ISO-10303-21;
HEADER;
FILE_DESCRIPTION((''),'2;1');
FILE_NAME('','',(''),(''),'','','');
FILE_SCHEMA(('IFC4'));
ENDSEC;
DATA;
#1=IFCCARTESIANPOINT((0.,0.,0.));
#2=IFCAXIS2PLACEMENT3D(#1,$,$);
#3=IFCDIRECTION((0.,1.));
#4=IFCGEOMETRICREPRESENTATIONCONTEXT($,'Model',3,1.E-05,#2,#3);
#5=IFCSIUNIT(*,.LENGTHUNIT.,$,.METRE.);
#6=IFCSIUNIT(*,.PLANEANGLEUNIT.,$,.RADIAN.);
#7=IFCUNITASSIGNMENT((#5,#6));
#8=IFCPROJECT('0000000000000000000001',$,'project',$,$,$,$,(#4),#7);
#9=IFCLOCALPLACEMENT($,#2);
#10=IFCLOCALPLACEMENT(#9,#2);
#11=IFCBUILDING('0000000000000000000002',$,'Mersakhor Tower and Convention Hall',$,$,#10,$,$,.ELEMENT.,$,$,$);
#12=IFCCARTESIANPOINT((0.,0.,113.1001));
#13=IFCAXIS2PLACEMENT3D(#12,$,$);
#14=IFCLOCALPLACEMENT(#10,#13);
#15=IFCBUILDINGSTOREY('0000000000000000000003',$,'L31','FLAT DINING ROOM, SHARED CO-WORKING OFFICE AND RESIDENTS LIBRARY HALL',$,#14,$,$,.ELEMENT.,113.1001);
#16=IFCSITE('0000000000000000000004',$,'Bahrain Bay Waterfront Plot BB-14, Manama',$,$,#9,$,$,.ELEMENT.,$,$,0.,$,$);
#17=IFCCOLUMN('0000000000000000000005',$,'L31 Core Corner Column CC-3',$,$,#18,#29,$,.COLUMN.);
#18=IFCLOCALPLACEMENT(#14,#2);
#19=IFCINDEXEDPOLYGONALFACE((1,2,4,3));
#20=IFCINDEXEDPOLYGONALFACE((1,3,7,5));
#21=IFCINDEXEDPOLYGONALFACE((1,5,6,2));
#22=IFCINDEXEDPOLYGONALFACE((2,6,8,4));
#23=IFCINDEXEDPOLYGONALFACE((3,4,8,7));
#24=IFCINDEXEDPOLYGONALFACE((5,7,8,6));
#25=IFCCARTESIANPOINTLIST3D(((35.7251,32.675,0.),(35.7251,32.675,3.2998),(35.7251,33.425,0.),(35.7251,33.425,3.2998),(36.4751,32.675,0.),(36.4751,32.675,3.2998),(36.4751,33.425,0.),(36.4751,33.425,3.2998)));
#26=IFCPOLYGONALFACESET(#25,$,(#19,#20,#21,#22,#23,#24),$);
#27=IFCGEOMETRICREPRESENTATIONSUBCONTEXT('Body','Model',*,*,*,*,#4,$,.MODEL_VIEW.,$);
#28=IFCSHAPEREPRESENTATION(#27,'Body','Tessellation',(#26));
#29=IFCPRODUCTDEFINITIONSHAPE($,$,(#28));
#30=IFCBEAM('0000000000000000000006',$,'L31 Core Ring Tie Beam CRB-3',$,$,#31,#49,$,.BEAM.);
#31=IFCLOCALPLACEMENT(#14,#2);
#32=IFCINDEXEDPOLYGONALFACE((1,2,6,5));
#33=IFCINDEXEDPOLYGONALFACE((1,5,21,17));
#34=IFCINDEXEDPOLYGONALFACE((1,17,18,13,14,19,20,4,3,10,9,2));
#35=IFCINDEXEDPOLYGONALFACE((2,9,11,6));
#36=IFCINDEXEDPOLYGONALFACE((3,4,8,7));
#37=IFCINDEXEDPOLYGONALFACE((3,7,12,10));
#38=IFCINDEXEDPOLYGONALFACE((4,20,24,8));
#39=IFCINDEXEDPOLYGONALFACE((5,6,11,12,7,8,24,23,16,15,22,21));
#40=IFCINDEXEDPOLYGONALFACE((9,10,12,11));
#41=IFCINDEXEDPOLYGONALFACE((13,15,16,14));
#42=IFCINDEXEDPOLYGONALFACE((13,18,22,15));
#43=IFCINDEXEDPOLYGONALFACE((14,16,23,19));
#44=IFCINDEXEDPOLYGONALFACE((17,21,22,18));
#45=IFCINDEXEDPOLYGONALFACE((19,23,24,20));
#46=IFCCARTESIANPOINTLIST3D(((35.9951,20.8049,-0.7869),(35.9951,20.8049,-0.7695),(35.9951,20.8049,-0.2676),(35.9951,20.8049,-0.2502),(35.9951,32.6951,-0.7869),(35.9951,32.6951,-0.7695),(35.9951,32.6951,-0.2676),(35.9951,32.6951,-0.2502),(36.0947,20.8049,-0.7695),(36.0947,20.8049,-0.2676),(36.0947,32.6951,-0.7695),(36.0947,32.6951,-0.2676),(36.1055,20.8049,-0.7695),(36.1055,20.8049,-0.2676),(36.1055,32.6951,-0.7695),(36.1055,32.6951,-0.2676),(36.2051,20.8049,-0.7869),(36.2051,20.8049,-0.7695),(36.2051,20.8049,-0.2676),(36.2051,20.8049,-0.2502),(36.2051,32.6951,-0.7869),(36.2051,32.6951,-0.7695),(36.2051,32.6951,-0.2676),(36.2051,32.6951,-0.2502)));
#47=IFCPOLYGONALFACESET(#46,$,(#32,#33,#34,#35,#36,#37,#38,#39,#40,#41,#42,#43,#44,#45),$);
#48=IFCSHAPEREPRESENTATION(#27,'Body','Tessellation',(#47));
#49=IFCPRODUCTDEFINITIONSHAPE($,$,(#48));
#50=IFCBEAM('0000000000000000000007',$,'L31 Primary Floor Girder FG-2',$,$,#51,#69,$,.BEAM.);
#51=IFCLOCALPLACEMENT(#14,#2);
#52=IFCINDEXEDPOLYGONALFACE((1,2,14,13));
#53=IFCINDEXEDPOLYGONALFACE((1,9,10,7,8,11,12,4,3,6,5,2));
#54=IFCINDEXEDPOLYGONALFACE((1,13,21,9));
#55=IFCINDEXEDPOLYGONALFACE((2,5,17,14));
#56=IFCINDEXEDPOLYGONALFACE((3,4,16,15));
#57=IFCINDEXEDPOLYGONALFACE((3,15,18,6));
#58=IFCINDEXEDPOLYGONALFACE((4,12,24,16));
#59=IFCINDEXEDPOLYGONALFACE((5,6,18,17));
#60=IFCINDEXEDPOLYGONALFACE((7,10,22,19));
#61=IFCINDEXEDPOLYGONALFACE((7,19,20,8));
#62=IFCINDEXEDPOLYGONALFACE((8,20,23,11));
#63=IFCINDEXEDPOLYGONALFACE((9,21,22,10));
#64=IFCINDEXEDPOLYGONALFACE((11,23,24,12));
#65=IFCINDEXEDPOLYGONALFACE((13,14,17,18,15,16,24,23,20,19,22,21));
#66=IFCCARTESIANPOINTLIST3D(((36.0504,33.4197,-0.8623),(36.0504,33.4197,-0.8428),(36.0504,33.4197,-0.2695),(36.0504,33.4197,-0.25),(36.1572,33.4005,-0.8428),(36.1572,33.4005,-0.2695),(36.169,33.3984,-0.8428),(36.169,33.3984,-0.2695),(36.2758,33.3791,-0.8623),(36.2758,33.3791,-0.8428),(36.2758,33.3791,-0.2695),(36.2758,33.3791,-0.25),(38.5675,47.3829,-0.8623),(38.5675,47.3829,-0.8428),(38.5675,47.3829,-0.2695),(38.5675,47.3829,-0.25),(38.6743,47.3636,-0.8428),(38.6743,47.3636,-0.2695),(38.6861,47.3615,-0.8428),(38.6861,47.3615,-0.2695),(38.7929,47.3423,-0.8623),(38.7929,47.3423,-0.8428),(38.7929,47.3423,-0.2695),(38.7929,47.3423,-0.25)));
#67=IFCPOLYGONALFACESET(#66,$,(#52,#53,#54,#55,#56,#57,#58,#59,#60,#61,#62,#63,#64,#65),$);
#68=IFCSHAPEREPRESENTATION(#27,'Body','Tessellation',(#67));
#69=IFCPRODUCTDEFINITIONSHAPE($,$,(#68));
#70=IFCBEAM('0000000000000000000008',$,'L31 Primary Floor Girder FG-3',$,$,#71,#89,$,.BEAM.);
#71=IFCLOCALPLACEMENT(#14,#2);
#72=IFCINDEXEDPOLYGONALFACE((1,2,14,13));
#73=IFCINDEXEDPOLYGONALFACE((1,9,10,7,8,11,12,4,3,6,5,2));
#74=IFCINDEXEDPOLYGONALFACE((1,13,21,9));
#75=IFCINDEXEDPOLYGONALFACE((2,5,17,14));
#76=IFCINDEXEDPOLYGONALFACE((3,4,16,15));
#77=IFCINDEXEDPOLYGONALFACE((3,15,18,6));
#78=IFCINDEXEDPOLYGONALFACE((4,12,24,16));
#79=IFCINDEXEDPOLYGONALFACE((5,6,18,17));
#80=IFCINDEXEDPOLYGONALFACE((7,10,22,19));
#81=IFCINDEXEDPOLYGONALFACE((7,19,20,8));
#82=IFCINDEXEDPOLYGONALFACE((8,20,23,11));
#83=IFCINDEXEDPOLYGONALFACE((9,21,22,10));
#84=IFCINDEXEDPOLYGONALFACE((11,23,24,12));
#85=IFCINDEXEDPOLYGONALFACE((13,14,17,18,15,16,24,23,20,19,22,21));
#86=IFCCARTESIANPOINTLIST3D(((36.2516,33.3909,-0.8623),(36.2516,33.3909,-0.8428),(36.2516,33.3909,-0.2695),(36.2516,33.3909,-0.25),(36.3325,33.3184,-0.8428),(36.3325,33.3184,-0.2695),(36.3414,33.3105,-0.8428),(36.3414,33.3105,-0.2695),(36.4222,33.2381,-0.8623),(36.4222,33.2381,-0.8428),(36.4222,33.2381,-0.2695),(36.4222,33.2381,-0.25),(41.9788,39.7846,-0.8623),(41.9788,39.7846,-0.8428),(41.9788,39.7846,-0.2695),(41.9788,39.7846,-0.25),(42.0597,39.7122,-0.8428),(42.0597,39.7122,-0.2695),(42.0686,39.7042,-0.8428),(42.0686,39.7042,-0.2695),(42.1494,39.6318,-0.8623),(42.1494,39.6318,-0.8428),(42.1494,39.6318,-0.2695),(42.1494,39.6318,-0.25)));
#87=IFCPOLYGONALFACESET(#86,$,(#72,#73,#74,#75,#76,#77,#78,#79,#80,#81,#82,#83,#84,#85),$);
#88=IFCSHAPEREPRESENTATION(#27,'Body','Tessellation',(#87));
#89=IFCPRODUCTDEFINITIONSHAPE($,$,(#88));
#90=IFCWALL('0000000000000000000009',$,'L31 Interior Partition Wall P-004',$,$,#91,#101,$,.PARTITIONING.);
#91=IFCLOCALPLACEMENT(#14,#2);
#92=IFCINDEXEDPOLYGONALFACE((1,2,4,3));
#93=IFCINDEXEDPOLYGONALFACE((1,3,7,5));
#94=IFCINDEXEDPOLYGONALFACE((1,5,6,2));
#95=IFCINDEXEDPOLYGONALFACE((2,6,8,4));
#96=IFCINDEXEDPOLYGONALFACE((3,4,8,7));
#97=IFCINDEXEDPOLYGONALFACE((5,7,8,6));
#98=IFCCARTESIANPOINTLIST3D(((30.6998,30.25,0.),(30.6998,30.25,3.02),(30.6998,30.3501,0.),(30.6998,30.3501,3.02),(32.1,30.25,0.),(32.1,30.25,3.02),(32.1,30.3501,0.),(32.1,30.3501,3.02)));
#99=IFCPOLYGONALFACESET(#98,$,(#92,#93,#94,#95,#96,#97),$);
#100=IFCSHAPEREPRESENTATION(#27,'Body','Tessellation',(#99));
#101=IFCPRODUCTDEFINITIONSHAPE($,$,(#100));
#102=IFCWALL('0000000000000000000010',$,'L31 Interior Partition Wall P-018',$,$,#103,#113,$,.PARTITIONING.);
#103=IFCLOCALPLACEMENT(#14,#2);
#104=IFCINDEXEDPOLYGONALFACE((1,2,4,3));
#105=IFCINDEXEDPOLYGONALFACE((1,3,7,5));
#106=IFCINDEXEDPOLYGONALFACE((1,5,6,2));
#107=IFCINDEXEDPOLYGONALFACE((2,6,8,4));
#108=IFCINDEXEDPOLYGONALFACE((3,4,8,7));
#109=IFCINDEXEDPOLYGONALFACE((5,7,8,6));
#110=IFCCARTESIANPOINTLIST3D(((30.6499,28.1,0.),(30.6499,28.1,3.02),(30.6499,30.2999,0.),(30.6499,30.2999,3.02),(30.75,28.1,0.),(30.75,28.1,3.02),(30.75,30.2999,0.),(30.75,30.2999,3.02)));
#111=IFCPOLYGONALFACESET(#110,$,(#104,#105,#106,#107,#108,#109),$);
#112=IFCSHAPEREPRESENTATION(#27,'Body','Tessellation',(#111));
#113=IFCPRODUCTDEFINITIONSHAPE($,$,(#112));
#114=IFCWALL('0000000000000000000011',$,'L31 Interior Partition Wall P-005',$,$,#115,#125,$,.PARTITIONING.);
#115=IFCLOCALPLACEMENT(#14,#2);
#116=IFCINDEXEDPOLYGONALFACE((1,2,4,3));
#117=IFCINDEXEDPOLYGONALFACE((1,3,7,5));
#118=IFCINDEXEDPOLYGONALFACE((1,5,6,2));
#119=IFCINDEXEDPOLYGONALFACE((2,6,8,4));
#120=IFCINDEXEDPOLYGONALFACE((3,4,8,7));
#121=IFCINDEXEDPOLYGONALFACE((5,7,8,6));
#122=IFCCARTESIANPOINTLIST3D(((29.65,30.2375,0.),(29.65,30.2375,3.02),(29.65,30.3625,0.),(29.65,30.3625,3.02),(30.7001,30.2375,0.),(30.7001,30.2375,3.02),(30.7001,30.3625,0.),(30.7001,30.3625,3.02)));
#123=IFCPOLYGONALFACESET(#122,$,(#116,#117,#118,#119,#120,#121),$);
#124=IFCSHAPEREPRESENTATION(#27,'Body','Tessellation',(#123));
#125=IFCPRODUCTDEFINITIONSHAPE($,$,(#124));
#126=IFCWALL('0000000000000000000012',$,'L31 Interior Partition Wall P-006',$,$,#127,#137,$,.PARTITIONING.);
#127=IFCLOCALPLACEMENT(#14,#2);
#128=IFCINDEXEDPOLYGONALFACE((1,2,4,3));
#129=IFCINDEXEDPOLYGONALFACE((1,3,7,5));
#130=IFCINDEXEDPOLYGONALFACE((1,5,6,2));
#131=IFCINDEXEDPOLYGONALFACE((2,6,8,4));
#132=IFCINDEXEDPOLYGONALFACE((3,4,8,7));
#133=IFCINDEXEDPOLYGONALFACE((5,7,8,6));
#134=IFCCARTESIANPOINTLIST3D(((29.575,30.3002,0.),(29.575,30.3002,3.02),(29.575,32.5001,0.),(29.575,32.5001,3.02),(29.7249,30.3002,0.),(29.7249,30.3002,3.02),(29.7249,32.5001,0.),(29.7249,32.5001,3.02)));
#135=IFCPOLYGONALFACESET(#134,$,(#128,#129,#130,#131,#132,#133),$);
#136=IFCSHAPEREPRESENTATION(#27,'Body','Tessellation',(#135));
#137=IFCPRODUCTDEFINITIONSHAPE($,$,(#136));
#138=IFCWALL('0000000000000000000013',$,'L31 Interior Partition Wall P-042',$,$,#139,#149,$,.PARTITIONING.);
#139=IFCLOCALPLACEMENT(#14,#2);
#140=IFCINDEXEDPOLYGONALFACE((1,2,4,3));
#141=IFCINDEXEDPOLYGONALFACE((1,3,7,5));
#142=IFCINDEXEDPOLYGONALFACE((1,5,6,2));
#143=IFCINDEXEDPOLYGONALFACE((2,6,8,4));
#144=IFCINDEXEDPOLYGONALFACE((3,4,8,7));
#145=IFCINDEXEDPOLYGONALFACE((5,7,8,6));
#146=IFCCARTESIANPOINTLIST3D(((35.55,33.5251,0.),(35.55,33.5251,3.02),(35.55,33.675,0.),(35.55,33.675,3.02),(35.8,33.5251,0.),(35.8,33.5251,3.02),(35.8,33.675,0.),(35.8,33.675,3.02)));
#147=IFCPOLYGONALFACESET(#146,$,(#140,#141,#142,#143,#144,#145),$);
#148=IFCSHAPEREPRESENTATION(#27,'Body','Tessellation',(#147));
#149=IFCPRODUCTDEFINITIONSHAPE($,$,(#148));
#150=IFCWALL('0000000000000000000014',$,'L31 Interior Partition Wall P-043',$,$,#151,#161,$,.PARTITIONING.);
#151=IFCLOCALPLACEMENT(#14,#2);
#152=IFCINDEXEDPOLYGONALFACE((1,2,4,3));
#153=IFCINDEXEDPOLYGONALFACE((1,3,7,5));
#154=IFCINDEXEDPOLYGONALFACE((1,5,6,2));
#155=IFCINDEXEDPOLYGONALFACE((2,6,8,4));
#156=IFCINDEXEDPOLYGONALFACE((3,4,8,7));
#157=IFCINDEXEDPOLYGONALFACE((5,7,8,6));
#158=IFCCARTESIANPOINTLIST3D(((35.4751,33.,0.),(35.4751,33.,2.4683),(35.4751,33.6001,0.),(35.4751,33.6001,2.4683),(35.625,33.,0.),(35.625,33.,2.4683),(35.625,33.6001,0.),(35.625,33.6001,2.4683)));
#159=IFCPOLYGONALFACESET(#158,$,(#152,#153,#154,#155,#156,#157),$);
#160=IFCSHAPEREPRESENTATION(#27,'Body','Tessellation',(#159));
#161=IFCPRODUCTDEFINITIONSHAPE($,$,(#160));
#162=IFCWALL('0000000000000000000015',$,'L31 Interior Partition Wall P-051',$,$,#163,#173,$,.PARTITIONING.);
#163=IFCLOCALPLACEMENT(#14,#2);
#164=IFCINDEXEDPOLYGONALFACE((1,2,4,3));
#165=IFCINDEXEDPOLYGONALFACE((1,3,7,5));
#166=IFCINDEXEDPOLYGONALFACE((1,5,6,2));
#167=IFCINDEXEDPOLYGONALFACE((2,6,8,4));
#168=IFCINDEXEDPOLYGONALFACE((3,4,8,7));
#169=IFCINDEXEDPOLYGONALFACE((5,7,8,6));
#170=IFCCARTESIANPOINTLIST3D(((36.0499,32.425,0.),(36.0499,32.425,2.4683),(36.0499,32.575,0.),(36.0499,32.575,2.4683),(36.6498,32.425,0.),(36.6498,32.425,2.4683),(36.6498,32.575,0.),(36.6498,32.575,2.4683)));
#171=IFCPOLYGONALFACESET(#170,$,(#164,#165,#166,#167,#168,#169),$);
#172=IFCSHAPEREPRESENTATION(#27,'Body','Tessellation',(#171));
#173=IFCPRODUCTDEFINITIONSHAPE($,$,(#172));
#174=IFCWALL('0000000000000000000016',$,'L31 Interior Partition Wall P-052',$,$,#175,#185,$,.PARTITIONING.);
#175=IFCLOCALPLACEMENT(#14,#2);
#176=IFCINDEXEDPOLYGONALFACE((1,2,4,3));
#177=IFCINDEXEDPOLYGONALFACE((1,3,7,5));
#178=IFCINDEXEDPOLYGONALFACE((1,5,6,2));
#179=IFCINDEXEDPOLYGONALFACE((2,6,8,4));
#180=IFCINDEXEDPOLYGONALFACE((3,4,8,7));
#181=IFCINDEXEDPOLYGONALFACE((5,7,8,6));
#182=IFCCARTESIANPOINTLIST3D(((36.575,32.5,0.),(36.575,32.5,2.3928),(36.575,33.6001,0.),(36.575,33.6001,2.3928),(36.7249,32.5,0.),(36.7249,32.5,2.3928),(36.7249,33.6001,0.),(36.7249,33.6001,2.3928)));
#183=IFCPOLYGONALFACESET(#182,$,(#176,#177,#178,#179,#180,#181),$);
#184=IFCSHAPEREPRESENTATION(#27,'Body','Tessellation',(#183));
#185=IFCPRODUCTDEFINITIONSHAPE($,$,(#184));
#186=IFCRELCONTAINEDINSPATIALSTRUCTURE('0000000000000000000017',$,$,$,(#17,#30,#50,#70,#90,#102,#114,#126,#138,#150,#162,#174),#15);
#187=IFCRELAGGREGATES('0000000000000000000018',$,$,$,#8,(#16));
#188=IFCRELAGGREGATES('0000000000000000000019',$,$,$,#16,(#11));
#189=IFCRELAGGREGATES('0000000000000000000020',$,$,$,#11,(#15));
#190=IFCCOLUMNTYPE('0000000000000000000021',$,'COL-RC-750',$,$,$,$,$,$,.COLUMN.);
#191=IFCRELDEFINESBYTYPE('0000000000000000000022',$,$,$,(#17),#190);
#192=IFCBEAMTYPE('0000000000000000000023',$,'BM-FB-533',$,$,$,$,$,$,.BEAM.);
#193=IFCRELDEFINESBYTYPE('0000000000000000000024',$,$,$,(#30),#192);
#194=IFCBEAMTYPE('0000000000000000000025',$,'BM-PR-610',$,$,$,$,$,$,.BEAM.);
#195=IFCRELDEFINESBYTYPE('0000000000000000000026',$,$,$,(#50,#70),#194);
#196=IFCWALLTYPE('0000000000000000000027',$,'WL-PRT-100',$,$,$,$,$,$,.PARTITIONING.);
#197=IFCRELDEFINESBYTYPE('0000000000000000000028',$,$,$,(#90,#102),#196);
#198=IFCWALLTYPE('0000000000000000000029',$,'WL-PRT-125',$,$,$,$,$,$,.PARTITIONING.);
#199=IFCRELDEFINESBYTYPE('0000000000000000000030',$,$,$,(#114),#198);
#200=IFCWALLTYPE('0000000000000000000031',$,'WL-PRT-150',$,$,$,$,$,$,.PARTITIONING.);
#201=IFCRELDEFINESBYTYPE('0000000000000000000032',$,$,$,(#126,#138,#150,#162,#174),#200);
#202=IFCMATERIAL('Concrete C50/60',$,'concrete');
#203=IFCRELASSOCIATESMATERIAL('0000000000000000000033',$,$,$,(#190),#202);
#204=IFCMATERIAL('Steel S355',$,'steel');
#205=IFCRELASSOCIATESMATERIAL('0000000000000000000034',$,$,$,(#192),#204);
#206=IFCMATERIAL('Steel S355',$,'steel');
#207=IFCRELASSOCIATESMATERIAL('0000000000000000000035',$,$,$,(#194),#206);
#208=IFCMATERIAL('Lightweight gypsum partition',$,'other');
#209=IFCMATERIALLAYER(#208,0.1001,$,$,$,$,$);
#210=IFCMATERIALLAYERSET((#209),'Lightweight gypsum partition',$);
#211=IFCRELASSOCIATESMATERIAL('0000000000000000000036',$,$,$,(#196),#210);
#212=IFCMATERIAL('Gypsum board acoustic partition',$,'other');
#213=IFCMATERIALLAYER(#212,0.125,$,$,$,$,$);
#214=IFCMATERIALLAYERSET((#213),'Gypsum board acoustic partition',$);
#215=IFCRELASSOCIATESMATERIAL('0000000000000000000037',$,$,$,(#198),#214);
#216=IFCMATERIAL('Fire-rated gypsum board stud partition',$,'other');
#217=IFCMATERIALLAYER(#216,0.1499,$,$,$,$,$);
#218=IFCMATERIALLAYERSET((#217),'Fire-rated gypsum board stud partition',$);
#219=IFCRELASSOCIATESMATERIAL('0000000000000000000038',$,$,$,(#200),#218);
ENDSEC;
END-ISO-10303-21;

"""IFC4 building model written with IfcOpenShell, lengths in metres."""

from ifc_helpers import new_model, si_unit, direction, frame, frame_2d, origin, origin_2d, place, context, subcontext, project, spatial, rectangle, i_section, extrude, material, layer, layer_set, material_profile, profile_set, type_object, element, save


model = new_model("IFC4")

# Units and contexts
model_context = context("Model", 3, precision=1e-05, world=origin(), true_north=direction((0.0, 1.0)))
body_context = subcontext(model_context, "Body", "Model", "MODEL_VIEW")
ifc_project = project(units=[si_unit("LENGTHUNIT", "METRE"), si_unit("PLANEANGLEUNIT", "RADIAN")], contexts=[model_context])

# Site, building, storey
site_placement = place(None, origin())
site = spatial("IfcSite", under=ifc_project, at=site_placement, Name="Bahrain Bay Waterfront Plot BB-14, Manama", CompositionType="ELEMENT", RefElevation=0.0)
building_placement = place(site_placement, origin())
building = spatial("IfcBuilding", under=site, at=building_placement, Name="Mersakhor Tower and Convention Hall", CompositionType="ELEMENT")
storey_placement = place(building_placement, frame((0.0, 0.0, 113.1001)))
storey = spatial("IfcBuildingStorey", under=building, at=storey_placement, Name="L31", Description="FLAT DINING ROOM, SHARED CO-WORKING OFFICE AND RESIDENTS LIBRARY HALL", CompositionType="ELEMENT", Elevation=113.1001)

# Column
ifc_material_1 = material(Name="Concrete C50/60", Category="concrete")
ifc_material_profile_1 = material_profile(ifc_material_1, rectangle(XDim=0.75, YDim=0.75, at=origin_2d()), Name="RC 750x750")
ifc_profile_set_1 = profile_set([ifc_material_profile_1], Name="Concrete C50/60")
column_type = type_object("IfcColumnType", Name="COL-RC-750", PredefinedType="COLUMN", material=ifc_profile_set_1)
column_placement = place(storey_placement, frame((36.1001, 33.05, 0.0), z_axis=(0.0, 0.0, 1.0), x_axis=(1.0, 0.0, 0.0)))
element("IfcColumn", 1, at=column_placement, inside=storey, type_object=column_type, Name="L31 Core Corner Column CC-3", PredefinedType="COLUMN", context=body_context, shape_type="SweptSolid", body=[
    extrude(rectangle(XDim=0.75, YDim=0.75, at=origin_2d()), origin(), (0.0, 0.0, 1.0), 3.2998),
])

# Beams
ifc_material_2 = material(Name="Steel S355", Category="steel")
ifc_material_profile_2 = material_profile(ifc_material_2, i_section(OverallWidth=0.21, OverallDepth=0.5366, WebThickness=0.0107, FlangeThickness=0.0173, at=origin_2d()), Name="UB 533x210x101")
ifc_profile_set_2 = profile_set([ifc_material_profile_2], Name="Steel S355")
beam_type_1 = type_object("IfcBeamType", Name="BM-FB-533", PredefinedType="BEAM", material=ifc_profile_set_2)
beam_1_placement = place(storey_placement, frame((36.1001, 32.6951, -0.5186), z_axis=(0.0, -1.0, 0.0), x_axis=(1.0, 0.0, 0.0)))
element("IfcBeam", 2, at=beam_1_placement, inside=storey, type_object=beam_type_1, Name="L31 Core Ring Tie Beam CRB-3", PredefinedType="BEAM", context=body_context, shape_type="SweptSolid", body=[
    extrude(i_section(OverallWidth=0.21, OverallDepth=0.5366, WebThickness=0.0107, FlangeThickness=0.0173, at=origin_2d()), origin(), (0.0, 0.0, 1.0), 11.8901),
])
ifc_material_3 = material(Name="Steel S355", Category="steel")
ifc_material_profile_3 = material_profile(ifc_material_3, i_section(OverallWidth=0.229, OverallDepth=0.6123, WebThickness=0.012, FlangeThickness=0.0195, at=origin_2d()), Name="UB 610x229x125")
ifc_profile_set_3 = profile_set([ifc_material_profile_3], Name="Steel S355")
beam_type_2 = type_object("IfcBeamType", Name="BM-PR-610", PredefinedType="BEAM", material=ifc_profile_set_3)
beam_2_placement = place(storey_placement, frame((36.1631, 33.3994, -0.5562), z_axis=(0.177407, 0.984138, 0.0), x_axis=(-0.984138, 0.177407, 0.0)))
element("IfcBeam", 3, at=beam_2_placement, inside=storey, type_object=beam_type_2, Name="L31 Primary Floor Girder FG-2", PredefinedType="BEAM", context=body_context, shape_type="SweptSolid", body=[
    extrude(i_section(OverallWidth=0.229, OverallDepth=0.6123, WebThickness=0.012, FlangeThickness=0.0195, at=origin_2d()), origin(), (0.0, 0.0, 1.0), 14.1882),
])
beam_3_placement = place(storey_placement, frame((36.3369, 33.3145, -0.5562), z_axis=(0.667217, 0.744863, 0.0), x_axis=(-0.744863, 0.667217, 0.0)))
element("IfcBeam", 4, at=beam_3_placement, inside=storey, type_object=beam_type_2, Name="L31 Primary Floor Girder FG-3", PredefinedType="BEAM", context=body_context, shape_type="SweptSolid", body=[
    extrude(i_section(OverallWidth=0.229, OverallDepth=0.6123, WebThickness=0.012, FlangeThickness=0.0195, at=origin_2d()), origin(), (0.0, 0.0, 1.0), 8.5837),
])

# Walls
ifc_material_4 = material(Name="Lightweight gypsum partition", Category="other")
ifc_layer_1 = layer(ifc_material_4, 0.1001)
ifc_layer_set_1 = layer_set([ifc_layer_1], Name="Lightweight gypsum partition")
wall_type_1 = type_object("IfcWallType", Name="WL-PRT-100", PredefinedType="PARTITIONING", material=ifc_layer_set_1)
wall_1_placement = place(storey_placement, frame((32.1001, 30.3, 0.0), z_axis=(0.0, 0.0, 1.0), x_axis=(-1.0, 0.0, 0.0)))
element("IfcWall", 5, at=wall_1_placement, inside=storey, type_object=wall_type_1, Name="L31 Interior Partition Wall P-004", PredefinedType="PARTITIONING", context=body_context, shape_type="SweptSolid", body=[
    extrude(rectangle(XDim=1.4001, YDim=0.1001, at=frame_2d((0.7002, 0.0))), origin(), (0.0, 0.0, 1.0), 3.02),
])
wall_2_placement = place(storey_placement, frame((30.7, 30.3, 0.0), z_axis=(0.0, 0.0, 1.0), x_axis=(0.0, -1.0, 0.0)))
element("IfcWall", 6, at=wall_2_placement, inside=storey, type_object=wall_type_1, Name="L31 Interior Partition Wall P-018", PredefinedType="PARTITIONING", context=body_context, shape_type="SweptSolid", body=[
    extrude(rectangle(XDim=2.2, YDim=0.1001, at=frame_2d((1.1001, 0.0))), origin(), (0.0, 0.0, 1.0), 3.02),
])
ifc_material_5 = material(Name="Gypsum board acoustic partition", Category="other")
ifc_layer_2 = layer(ifc_material_5, 0.125)
ifc_layer_set_2 = layer_set([ifc_layer_2], Name="Gypsum board acoustic partition")
wall_type_2 = type_object("IfcWallType", Name="WL-PRT-125", PredefinedType="PARTITIONING", material=ifc_layer_set_2)
wall_3_placement = place(storey_placement, frame((30.7, 30.3, 0.0), z_axis=(0.0, 0.0, 1.0), x_axis=(-1.0, 0.0, 0.0)))
element("IfcWall", 7, at=wall_3_placement, inside=storey, type_object=wall_type_2, Name="L31 Interior Partition Wall P-005", PredefinedType="PARTITIONING", context=body_context, shape_type="SweptSolid", body=[
    extrude(rectangle(XDim=1.05, YDim=0.125, at=frame_2d((0.5249, 0.0))), origin(), (0.0, 0.0, 1.0), 3.02),
])
ifc_material_6 = material(Name="Fire-rated gypsum board stud partition", Category="other")
ifc_layer_3 = layer(ifc_material_6, 0.1499)
ifc_layer_set_3 = layer_set([ifc_layer_3], Name="Fire-rated gypsum board stud partition")
wall_type_3 = type_object("IfcWallType", Name="WL-PRT-150", PredefinedType="PARTITIONING", material=ifc_layer_set_3)
wall_4_placement = place(storey_placement, frame((29.6499, 30.3, 0.0), z_axis=(0.0, 0.0, 1.0), x_axis=(0.0, 1.0, 0.0)))
element("IfcWall", 8, at=wall_4_placement, inside=storey, type_object=wall_type_3, Name="L31 Interior Partition Wall P-006", PredefinedType="PARTITIONING", context=body_context, shape_type="SweptSolid", body=[
    extrude(rectangle(XDim=2.2, YDim=0.1499, at=frame_2d((1.1001, 0.0))), origin(), (0.0, 0.0, 1.0), 3.02),
])
wall_5_placement = place(storey_placement, frame((35.8, 33.6001, 0.0), z_axis=(0.0, 0.0, 1.0), x_axis=(-1.0, 0.0, 0.0)))
element("IfcWall", 9, at=wall_5_placement, inside=storey, type_object=wall_type_3, Name="L31 Interior Partition Wall P-042", PredefinedType="PARTITIONING", context=body_context, shape_type="SweptSolid", body=[
    extrude(rectangle(XDim=0.25, YDim=0.1499, at=frame_2d((0.125, 0.0))), origin(), (0.0, 0.0, 1.0), 3.02),
])
wall_6_placement = place(storey_placement, frame((35.55, 33.6001, 0.0), z_axis=(0.0, 0.0, 1.0), x_axis=(0.0, -1.0, 0.0)))
element("IfcWall", 10, at=wall_6_placement, inside=storey, type_object=wall_type_3, Name="L31 Interior Partition Wall P-043", PredefinedType="PARTITIONING", context=body_context, shape_type="SweptSolid", body=[
    extrude(rectangle(XDim=0.6001, YDim=0.1499, at=frame_2d((0.3, 0.0))), origin(), (0.0, 0.0, 1.0), 2.4683),
])
wall_7_placement = place(storey_placement, frame((36.05, 32.5, 0.0), z_axis=(0.0, 0.0, 1.0), x_axis=(1.0, 0.0, 0.0)))
element("IfcWall", 11, at=wall_7_placement, inside=storey, type_object=wall_type_3, Name="L31 Interior Partition Wall P-051", PredefinedType="PARTITIONING", context=body_context, shape_type="SweptSolid", body=[
    extrude(rectangle(XDim=0.5999, YDim=0.1499, at=frame_2d((0.2998, 0.0))), origin(), (0.0, 0.0, 1.0), 2.4683),
])
wall_8_placement = place(storey_placement, frame((36.6499, 32.5, 0.0), z_axis=(0.0, 0.0, 1.0), x_axis=(0.0, 1.0, 0.0)))
element("IfcWall", 12, at=wall_8_placement, inside=storey, type_object=wall_type_3, Name="L31 Interior Partition Wall P-052", PredefinedType="PARTITIONING", context=body_context, shape_type="SweptSolid", body=[
    extrude(rectangle(XDim=1.1001, YDim=0.1499, at=frame_2d((0.55, 0.0))), origin(), (0.0, 0.0, 1.0), 2.3928),
])

save(model, "model.ifc")
